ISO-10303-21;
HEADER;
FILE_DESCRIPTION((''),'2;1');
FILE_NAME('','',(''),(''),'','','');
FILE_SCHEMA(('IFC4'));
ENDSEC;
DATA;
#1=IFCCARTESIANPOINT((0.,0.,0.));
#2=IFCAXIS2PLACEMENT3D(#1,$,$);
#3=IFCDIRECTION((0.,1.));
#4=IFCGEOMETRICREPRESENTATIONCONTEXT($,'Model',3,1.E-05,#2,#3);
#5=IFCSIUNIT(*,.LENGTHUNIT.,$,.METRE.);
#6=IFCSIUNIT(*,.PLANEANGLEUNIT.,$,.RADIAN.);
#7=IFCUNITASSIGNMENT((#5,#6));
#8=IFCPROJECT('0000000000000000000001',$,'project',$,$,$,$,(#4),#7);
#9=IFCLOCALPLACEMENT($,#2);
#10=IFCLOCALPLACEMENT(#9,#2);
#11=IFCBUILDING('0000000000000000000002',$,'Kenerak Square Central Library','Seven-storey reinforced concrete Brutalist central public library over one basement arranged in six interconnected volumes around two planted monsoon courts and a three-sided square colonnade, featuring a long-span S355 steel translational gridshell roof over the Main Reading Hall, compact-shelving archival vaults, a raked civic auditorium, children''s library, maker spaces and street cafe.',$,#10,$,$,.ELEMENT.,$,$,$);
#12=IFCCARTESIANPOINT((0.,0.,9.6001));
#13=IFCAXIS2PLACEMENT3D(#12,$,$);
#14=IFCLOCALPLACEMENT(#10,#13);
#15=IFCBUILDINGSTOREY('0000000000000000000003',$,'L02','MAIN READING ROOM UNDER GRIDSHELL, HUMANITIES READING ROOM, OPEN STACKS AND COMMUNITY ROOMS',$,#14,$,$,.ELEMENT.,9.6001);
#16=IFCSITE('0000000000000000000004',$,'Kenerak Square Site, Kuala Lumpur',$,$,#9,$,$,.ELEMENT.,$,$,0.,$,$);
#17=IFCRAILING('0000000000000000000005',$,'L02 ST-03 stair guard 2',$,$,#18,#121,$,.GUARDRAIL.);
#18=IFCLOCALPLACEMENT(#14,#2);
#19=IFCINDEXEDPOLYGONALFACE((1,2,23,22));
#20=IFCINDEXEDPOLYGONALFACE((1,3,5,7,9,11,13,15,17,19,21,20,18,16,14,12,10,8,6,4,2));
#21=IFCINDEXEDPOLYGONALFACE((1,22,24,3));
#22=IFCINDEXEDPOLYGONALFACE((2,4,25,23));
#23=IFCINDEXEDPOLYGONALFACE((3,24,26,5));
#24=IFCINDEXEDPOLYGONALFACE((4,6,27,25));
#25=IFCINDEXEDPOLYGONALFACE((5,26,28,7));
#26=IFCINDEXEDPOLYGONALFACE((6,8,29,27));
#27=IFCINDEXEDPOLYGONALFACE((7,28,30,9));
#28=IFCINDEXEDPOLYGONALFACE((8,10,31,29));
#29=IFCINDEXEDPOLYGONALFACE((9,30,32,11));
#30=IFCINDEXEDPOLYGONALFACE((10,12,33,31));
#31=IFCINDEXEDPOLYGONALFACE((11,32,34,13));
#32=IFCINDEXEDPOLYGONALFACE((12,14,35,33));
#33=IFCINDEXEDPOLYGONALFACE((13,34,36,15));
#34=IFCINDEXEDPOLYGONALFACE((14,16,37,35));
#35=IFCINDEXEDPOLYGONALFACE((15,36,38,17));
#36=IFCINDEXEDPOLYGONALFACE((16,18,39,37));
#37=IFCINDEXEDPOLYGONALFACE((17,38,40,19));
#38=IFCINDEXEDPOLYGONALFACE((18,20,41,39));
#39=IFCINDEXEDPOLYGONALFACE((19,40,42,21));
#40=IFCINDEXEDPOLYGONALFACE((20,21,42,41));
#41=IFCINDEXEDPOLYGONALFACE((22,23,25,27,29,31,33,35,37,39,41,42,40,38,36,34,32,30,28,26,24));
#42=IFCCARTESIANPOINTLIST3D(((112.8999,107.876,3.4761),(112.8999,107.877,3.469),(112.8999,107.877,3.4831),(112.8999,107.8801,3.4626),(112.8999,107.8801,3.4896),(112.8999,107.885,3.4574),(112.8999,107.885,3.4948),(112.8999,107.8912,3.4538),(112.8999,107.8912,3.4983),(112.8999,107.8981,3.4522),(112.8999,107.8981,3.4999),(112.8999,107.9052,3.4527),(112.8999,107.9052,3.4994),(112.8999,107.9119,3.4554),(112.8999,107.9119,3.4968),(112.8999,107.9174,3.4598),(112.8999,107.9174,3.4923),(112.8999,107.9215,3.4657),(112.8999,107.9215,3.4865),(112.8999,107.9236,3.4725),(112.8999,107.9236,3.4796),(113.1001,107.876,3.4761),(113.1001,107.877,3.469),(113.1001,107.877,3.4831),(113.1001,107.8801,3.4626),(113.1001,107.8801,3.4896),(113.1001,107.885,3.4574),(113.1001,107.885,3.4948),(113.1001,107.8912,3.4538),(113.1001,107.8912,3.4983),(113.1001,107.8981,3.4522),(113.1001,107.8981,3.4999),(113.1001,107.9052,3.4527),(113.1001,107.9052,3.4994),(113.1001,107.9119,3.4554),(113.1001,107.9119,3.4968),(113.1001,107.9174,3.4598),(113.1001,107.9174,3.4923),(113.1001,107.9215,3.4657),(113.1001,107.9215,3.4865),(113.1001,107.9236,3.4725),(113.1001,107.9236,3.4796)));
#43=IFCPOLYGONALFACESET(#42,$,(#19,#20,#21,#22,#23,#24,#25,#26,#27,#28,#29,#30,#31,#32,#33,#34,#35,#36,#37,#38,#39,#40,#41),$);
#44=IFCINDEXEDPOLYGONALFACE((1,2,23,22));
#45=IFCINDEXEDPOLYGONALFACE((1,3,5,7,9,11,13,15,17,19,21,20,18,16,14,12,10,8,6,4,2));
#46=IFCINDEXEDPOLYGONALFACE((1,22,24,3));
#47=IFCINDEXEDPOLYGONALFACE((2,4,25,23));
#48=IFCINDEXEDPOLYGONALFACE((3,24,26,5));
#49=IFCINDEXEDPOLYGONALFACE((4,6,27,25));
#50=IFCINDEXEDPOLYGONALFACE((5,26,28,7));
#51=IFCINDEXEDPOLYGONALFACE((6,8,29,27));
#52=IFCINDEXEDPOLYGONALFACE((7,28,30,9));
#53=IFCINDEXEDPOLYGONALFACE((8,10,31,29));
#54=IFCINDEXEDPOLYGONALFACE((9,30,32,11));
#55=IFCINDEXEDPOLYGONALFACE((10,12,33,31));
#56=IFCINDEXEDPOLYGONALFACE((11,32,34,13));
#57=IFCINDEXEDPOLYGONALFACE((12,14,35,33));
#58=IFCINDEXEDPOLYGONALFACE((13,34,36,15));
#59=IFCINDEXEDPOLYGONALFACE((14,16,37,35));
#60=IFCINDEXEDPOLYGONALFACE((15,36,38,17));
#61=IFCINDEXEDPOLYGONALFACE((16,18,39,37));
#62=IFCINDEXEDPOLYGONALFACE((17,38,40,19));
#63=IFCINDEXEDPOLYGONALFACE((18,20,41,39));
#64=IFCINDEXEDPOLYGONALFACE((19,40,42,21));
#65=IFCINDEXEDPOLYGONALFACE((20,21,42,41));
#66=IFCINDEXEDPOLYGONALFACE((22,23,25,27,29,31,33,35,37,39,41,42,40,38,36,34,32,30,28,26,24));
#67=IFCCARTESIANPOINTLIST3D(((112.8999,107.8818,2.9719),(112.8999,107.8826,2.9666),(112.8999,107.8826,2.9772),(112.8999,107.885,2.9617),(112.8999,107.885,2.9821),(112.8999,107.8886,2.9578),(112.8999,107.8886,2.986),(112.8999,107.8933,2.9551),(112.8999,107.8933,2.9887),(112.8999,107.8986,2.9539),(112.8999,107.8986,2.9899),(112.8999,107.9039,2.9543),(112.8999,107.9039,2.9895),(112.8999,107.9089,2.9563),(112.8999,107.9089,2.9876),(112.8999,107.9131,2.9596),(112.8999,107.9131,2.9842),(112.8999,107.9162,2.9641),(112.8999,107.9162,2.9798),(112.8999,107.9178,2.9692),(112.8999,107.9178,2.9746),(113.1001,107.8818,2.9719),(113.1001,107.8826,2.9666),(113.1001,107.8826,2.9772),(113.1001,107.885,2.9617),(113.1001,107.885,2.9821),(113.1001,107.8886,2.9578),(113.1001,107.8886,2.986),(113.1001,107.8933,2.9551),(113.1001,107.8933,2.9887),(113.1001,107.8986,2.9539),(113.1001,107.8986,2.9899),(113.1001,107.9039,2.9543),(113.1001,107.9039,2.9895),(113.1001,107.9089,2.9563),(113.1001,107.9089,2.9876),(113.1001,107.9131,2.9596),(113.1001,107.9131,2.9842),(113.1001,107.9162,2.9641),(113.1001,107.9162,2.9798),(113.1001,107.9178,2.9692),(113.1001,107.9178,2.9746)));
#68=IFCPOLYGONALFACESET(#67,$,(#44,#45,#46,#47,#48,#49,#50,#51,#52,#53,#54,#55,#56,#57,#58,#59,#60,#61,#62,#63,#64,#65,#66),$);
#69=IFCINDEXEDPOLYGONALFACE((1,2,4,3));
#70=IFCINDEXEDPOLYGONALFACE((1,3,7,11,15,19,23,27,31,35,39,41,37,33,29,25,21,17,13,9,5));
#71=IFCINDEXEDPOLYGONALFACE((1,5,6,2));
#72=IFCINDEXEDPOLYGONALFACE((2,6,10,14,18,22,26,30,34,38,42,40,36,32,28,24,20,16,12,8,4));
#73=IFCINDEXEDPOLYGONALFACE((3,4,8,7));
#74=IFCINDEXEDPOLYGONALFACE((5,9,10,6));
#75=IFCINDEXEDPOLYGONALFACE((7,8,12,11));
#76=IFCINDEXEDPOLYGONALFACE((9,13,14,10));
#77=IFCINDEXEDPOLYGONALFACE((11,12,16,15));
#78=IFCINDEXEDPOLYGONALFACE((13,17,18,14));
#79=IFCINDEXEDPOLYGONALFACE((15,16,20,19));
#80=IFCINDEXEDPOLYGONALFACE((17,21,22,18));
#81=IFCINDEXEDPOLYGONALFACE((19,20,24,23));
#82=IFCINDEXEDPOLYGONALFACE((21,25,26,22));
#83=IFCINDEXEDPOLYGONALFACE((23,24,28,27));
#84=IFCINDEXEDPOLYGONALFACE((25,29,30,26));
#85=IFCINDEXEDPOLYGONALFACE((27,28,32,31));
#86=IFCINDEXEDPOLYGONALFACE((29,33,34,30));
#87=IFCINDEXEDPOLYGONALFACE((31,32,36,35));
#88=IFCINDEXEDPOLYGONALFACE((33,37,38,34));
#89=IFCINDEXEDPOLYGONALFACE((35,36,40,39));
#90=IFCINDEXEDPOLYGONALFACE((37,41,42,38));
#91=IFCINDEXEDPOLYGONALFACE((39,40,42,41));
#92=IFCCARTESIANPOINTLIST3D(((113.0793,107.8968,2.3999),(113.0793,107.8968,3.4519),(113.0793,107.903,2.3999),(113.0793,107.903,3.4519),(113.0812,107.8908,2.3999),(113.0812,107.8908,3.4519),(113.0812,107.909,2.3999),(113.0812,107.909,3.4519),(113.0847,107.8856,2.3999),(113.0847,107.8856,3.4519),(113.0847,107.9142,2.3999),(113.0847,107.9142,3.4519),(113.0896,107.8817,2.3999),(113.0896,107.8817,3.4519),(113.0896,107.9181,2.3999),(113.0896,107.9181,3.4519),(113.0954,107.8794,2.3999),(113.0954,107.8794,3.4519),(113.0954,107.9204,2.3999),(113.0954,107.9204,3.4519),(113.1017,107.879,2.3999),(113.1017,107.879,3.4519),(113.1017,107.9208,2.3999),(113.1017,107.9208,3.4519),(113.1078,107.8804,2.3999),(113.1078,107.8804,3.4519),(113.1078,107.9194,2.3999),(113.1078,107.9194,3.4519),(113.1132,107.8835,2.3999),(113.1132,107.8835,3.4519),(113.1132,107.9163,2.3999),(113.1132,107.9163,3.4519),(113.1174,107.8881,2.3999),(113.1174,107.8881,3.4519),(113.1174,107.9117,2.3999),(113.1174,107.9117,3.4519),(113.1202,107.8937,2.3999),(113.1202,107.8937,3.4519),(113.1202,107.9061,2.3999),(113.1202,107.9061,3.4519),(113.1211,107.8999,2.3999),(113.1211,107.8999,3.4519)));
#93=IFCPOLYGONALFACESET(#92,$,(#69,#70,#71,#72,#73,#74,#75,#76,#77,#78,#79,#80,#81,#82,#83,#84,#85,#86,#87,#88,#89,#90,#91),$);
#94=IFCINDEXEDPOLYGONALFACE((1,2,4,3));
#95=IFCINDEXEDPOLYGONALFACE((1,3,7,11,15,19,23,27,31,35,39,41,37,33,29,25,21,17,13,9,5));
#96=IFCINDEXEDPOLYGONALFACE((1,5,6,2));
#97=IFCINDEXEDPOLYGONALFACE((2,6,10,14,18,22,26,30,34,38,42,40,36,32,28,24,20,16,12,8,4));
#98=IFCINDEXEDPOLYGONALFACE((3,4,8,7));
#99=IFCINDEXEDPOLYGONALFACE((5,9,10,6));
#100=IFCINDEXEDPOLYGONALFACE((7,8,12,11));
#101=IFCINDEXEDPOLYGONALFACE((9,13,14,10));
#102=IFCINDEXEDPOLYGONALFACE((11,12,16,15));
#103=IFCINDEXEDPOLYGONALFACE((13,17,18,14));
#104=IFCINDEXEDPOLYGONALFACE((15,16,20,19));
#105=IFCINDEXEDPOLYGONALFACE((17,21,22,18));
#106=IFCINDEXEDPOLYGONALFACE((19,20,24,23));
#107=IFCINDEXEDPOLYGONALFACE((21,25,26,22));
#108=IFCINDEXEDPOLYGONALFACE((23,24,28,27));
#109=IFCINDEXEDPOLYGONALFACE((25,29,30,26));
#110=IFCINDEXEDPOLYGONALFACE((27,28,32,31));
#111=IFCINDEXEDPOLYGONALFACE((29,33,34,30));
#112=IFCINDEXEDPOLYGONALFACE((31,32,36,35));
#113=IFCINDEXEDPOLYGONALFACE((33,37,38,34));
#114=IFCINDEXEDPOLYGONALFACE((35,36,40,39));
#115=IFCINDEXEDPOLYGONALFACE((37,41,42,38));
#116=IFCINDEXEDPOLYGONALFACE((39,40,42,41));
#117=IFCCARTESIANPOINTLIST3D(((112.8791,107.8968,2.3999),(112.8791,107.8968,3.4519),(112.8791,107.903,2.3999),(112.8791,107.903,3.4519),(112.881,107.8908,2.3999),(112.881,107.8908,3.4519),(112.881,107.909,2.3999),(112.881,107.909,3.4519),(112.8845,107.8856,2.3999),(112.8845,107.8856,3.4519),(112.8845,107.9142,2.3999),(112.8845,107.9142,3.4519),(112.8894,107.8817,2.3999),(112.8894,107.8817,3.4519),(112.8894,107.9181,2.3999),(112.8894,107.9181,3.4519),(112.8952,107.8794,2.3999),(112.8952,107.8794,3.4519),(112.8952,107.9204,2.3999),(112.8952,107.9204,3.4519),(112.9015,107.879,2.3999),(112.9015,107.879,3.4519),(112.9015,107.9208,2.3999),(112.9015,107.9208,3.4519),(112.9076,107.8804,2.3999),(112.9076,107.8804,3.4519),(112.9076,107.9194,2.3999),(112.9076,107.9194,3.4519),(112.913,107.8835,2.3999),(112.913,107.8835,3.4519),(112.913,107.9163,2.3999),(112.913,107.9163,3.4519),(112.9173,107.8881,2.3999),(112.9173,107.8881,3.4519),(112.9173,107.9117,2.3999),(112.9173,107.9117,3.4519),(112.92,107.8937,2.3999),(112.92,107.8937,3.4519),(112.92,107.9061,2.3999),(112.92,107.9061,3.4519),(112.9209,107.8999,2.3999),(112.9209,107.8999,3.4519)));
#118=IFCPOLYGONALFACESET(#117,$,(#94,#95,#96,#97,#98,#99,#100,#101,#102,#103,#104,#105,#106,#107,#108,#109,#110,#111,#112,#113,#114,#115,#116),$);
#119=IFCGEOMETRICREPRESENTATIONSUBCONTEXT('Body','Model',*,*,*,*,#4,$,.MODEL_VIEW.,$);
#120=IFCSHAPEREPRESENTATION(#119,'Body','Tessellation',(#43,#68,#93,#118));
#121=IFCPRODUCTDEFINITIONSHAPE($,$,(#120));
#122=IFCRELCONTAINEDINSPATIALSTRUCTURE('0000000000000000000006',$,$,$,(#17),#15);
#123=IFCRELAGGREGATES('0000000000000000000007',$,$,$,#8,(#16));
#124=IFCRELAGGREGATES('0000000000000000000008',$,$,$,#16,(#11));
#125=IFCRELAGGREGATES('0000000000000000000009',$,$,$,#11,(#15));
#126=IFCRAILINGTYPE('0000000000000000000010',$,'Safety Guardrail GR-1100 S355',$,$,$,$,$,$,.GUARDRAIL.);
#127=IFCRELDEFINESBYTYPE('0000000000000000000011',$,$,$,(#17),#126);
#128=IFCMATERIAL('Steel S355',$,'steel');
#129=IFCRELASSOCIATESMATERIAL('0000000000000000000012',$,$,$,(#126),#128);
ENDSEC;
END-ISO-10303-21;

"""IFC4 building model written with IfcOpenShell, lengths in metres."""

from ifc_helpers import new_model, si_unit, direction, frame, origin, origin_2d, place, context, subcontext, project, spatial, circle, extrude, material, type_object, element, save


model = new_model("IFC4")

# Units and contexts
model_context = context("Model", 3, precision=1e-05, world=origin(), true_north=direction((0.0, 1.0)))
body_context = subcontext(model_context, "Body", "Model", "MODEL_VIEW")
ifc_project = project(units=[si_unit("LENGTHUNIT", "METRE"), si_unit("PLANEANGLEUNIT", "RADIAN")], contexts=[model_context])

# Site, building, storey
site_placement = place(None, origin())
site = spatial("IfcSite", under=ifc_project, at=site_placement, Name="Kenerak Square Site, Kuala Lumpur", CompositionType="ELEMENT", RefElevation=0.0)
building_placement = place(site_placement, origin())
building = spatial("IfcBuilding", under=site, at=building_placement, Name="Kenerak Square Central Library", Description="Seven-storey reinforced concrete Brutalist central public library over one basement arranged in six interconnected volumes around two planted monsoon courts and a three-sided square colonnade, featuring a long-span S355 steel translational gridshell roof over the Main Reading Hall, compact-shelving archival vaults, a raked civic auditorium, children's library, maker spaces and street cafe.", CompositionType="ELEMENT")
storey_placement = place(building_placement, frame((0.0, 0.0, 9.6001)))
storey = spatial("IfcBuildingStorey", under=building, at=storey_placement, Name="L02", Description="MAIN READING ROOM UNDER GRIDSHELL, HUMANITIES READING ROOM, OPEN STACKS AND COMMUNITY ROOMS", CompositionType="ELEMENT", Elevation=9.6001)

# Railing
ifc_material_1 = material(Name="Steel S355", Category="steel")
railing_type = type_object("IfcRailingType", Name="Safety Guardrail GR-1100 S355", PredefinedType="GUARDRAIL", material=ifc_material_1)
railing_1_placement = place(storey_placement, frame((113.1001, 107.8999, 2.3999)))
element("IfcRailing", 1, at=railing_1_placement, inside=storey, type_object=railing_type, Name="L02 ST-03 stair guard 2", PredefinedType="GUARDRAIL", context=body_context, shape_type="SweptSolid", body=[
    extrude(circle(Radius=0.0239, at=origin_2d()), frame((0.0, 0.0, 1.0762), z_axis=(-1.0, 0.0, 0.0), x_axis=(0.0, -1.0, 0.0)), (0.0, 0.0, 1.0), 0.2002),
    extrude(circle(Radius=0.0181, at=origin_2d()), frame((0.0, 0.0, 0.572), z_axis=(-1.0, 0.0, 0.0), x_axis=(0.0, -1.0, 0.0)), (0.0, 0.0, 1.0), 0.2002),
    extrude(circle(Radius=0.021, at=origin_2d()), origin(), (0.0, 0.0, 1.0), 1.052),
    extrude(circle(Radius=0.021, at=origin_2d()), frame((-0.2002, 0.0, 0.0)), (0.0, 0.0, 1.0), 1.052),
])

save(model, "model.ifc")
